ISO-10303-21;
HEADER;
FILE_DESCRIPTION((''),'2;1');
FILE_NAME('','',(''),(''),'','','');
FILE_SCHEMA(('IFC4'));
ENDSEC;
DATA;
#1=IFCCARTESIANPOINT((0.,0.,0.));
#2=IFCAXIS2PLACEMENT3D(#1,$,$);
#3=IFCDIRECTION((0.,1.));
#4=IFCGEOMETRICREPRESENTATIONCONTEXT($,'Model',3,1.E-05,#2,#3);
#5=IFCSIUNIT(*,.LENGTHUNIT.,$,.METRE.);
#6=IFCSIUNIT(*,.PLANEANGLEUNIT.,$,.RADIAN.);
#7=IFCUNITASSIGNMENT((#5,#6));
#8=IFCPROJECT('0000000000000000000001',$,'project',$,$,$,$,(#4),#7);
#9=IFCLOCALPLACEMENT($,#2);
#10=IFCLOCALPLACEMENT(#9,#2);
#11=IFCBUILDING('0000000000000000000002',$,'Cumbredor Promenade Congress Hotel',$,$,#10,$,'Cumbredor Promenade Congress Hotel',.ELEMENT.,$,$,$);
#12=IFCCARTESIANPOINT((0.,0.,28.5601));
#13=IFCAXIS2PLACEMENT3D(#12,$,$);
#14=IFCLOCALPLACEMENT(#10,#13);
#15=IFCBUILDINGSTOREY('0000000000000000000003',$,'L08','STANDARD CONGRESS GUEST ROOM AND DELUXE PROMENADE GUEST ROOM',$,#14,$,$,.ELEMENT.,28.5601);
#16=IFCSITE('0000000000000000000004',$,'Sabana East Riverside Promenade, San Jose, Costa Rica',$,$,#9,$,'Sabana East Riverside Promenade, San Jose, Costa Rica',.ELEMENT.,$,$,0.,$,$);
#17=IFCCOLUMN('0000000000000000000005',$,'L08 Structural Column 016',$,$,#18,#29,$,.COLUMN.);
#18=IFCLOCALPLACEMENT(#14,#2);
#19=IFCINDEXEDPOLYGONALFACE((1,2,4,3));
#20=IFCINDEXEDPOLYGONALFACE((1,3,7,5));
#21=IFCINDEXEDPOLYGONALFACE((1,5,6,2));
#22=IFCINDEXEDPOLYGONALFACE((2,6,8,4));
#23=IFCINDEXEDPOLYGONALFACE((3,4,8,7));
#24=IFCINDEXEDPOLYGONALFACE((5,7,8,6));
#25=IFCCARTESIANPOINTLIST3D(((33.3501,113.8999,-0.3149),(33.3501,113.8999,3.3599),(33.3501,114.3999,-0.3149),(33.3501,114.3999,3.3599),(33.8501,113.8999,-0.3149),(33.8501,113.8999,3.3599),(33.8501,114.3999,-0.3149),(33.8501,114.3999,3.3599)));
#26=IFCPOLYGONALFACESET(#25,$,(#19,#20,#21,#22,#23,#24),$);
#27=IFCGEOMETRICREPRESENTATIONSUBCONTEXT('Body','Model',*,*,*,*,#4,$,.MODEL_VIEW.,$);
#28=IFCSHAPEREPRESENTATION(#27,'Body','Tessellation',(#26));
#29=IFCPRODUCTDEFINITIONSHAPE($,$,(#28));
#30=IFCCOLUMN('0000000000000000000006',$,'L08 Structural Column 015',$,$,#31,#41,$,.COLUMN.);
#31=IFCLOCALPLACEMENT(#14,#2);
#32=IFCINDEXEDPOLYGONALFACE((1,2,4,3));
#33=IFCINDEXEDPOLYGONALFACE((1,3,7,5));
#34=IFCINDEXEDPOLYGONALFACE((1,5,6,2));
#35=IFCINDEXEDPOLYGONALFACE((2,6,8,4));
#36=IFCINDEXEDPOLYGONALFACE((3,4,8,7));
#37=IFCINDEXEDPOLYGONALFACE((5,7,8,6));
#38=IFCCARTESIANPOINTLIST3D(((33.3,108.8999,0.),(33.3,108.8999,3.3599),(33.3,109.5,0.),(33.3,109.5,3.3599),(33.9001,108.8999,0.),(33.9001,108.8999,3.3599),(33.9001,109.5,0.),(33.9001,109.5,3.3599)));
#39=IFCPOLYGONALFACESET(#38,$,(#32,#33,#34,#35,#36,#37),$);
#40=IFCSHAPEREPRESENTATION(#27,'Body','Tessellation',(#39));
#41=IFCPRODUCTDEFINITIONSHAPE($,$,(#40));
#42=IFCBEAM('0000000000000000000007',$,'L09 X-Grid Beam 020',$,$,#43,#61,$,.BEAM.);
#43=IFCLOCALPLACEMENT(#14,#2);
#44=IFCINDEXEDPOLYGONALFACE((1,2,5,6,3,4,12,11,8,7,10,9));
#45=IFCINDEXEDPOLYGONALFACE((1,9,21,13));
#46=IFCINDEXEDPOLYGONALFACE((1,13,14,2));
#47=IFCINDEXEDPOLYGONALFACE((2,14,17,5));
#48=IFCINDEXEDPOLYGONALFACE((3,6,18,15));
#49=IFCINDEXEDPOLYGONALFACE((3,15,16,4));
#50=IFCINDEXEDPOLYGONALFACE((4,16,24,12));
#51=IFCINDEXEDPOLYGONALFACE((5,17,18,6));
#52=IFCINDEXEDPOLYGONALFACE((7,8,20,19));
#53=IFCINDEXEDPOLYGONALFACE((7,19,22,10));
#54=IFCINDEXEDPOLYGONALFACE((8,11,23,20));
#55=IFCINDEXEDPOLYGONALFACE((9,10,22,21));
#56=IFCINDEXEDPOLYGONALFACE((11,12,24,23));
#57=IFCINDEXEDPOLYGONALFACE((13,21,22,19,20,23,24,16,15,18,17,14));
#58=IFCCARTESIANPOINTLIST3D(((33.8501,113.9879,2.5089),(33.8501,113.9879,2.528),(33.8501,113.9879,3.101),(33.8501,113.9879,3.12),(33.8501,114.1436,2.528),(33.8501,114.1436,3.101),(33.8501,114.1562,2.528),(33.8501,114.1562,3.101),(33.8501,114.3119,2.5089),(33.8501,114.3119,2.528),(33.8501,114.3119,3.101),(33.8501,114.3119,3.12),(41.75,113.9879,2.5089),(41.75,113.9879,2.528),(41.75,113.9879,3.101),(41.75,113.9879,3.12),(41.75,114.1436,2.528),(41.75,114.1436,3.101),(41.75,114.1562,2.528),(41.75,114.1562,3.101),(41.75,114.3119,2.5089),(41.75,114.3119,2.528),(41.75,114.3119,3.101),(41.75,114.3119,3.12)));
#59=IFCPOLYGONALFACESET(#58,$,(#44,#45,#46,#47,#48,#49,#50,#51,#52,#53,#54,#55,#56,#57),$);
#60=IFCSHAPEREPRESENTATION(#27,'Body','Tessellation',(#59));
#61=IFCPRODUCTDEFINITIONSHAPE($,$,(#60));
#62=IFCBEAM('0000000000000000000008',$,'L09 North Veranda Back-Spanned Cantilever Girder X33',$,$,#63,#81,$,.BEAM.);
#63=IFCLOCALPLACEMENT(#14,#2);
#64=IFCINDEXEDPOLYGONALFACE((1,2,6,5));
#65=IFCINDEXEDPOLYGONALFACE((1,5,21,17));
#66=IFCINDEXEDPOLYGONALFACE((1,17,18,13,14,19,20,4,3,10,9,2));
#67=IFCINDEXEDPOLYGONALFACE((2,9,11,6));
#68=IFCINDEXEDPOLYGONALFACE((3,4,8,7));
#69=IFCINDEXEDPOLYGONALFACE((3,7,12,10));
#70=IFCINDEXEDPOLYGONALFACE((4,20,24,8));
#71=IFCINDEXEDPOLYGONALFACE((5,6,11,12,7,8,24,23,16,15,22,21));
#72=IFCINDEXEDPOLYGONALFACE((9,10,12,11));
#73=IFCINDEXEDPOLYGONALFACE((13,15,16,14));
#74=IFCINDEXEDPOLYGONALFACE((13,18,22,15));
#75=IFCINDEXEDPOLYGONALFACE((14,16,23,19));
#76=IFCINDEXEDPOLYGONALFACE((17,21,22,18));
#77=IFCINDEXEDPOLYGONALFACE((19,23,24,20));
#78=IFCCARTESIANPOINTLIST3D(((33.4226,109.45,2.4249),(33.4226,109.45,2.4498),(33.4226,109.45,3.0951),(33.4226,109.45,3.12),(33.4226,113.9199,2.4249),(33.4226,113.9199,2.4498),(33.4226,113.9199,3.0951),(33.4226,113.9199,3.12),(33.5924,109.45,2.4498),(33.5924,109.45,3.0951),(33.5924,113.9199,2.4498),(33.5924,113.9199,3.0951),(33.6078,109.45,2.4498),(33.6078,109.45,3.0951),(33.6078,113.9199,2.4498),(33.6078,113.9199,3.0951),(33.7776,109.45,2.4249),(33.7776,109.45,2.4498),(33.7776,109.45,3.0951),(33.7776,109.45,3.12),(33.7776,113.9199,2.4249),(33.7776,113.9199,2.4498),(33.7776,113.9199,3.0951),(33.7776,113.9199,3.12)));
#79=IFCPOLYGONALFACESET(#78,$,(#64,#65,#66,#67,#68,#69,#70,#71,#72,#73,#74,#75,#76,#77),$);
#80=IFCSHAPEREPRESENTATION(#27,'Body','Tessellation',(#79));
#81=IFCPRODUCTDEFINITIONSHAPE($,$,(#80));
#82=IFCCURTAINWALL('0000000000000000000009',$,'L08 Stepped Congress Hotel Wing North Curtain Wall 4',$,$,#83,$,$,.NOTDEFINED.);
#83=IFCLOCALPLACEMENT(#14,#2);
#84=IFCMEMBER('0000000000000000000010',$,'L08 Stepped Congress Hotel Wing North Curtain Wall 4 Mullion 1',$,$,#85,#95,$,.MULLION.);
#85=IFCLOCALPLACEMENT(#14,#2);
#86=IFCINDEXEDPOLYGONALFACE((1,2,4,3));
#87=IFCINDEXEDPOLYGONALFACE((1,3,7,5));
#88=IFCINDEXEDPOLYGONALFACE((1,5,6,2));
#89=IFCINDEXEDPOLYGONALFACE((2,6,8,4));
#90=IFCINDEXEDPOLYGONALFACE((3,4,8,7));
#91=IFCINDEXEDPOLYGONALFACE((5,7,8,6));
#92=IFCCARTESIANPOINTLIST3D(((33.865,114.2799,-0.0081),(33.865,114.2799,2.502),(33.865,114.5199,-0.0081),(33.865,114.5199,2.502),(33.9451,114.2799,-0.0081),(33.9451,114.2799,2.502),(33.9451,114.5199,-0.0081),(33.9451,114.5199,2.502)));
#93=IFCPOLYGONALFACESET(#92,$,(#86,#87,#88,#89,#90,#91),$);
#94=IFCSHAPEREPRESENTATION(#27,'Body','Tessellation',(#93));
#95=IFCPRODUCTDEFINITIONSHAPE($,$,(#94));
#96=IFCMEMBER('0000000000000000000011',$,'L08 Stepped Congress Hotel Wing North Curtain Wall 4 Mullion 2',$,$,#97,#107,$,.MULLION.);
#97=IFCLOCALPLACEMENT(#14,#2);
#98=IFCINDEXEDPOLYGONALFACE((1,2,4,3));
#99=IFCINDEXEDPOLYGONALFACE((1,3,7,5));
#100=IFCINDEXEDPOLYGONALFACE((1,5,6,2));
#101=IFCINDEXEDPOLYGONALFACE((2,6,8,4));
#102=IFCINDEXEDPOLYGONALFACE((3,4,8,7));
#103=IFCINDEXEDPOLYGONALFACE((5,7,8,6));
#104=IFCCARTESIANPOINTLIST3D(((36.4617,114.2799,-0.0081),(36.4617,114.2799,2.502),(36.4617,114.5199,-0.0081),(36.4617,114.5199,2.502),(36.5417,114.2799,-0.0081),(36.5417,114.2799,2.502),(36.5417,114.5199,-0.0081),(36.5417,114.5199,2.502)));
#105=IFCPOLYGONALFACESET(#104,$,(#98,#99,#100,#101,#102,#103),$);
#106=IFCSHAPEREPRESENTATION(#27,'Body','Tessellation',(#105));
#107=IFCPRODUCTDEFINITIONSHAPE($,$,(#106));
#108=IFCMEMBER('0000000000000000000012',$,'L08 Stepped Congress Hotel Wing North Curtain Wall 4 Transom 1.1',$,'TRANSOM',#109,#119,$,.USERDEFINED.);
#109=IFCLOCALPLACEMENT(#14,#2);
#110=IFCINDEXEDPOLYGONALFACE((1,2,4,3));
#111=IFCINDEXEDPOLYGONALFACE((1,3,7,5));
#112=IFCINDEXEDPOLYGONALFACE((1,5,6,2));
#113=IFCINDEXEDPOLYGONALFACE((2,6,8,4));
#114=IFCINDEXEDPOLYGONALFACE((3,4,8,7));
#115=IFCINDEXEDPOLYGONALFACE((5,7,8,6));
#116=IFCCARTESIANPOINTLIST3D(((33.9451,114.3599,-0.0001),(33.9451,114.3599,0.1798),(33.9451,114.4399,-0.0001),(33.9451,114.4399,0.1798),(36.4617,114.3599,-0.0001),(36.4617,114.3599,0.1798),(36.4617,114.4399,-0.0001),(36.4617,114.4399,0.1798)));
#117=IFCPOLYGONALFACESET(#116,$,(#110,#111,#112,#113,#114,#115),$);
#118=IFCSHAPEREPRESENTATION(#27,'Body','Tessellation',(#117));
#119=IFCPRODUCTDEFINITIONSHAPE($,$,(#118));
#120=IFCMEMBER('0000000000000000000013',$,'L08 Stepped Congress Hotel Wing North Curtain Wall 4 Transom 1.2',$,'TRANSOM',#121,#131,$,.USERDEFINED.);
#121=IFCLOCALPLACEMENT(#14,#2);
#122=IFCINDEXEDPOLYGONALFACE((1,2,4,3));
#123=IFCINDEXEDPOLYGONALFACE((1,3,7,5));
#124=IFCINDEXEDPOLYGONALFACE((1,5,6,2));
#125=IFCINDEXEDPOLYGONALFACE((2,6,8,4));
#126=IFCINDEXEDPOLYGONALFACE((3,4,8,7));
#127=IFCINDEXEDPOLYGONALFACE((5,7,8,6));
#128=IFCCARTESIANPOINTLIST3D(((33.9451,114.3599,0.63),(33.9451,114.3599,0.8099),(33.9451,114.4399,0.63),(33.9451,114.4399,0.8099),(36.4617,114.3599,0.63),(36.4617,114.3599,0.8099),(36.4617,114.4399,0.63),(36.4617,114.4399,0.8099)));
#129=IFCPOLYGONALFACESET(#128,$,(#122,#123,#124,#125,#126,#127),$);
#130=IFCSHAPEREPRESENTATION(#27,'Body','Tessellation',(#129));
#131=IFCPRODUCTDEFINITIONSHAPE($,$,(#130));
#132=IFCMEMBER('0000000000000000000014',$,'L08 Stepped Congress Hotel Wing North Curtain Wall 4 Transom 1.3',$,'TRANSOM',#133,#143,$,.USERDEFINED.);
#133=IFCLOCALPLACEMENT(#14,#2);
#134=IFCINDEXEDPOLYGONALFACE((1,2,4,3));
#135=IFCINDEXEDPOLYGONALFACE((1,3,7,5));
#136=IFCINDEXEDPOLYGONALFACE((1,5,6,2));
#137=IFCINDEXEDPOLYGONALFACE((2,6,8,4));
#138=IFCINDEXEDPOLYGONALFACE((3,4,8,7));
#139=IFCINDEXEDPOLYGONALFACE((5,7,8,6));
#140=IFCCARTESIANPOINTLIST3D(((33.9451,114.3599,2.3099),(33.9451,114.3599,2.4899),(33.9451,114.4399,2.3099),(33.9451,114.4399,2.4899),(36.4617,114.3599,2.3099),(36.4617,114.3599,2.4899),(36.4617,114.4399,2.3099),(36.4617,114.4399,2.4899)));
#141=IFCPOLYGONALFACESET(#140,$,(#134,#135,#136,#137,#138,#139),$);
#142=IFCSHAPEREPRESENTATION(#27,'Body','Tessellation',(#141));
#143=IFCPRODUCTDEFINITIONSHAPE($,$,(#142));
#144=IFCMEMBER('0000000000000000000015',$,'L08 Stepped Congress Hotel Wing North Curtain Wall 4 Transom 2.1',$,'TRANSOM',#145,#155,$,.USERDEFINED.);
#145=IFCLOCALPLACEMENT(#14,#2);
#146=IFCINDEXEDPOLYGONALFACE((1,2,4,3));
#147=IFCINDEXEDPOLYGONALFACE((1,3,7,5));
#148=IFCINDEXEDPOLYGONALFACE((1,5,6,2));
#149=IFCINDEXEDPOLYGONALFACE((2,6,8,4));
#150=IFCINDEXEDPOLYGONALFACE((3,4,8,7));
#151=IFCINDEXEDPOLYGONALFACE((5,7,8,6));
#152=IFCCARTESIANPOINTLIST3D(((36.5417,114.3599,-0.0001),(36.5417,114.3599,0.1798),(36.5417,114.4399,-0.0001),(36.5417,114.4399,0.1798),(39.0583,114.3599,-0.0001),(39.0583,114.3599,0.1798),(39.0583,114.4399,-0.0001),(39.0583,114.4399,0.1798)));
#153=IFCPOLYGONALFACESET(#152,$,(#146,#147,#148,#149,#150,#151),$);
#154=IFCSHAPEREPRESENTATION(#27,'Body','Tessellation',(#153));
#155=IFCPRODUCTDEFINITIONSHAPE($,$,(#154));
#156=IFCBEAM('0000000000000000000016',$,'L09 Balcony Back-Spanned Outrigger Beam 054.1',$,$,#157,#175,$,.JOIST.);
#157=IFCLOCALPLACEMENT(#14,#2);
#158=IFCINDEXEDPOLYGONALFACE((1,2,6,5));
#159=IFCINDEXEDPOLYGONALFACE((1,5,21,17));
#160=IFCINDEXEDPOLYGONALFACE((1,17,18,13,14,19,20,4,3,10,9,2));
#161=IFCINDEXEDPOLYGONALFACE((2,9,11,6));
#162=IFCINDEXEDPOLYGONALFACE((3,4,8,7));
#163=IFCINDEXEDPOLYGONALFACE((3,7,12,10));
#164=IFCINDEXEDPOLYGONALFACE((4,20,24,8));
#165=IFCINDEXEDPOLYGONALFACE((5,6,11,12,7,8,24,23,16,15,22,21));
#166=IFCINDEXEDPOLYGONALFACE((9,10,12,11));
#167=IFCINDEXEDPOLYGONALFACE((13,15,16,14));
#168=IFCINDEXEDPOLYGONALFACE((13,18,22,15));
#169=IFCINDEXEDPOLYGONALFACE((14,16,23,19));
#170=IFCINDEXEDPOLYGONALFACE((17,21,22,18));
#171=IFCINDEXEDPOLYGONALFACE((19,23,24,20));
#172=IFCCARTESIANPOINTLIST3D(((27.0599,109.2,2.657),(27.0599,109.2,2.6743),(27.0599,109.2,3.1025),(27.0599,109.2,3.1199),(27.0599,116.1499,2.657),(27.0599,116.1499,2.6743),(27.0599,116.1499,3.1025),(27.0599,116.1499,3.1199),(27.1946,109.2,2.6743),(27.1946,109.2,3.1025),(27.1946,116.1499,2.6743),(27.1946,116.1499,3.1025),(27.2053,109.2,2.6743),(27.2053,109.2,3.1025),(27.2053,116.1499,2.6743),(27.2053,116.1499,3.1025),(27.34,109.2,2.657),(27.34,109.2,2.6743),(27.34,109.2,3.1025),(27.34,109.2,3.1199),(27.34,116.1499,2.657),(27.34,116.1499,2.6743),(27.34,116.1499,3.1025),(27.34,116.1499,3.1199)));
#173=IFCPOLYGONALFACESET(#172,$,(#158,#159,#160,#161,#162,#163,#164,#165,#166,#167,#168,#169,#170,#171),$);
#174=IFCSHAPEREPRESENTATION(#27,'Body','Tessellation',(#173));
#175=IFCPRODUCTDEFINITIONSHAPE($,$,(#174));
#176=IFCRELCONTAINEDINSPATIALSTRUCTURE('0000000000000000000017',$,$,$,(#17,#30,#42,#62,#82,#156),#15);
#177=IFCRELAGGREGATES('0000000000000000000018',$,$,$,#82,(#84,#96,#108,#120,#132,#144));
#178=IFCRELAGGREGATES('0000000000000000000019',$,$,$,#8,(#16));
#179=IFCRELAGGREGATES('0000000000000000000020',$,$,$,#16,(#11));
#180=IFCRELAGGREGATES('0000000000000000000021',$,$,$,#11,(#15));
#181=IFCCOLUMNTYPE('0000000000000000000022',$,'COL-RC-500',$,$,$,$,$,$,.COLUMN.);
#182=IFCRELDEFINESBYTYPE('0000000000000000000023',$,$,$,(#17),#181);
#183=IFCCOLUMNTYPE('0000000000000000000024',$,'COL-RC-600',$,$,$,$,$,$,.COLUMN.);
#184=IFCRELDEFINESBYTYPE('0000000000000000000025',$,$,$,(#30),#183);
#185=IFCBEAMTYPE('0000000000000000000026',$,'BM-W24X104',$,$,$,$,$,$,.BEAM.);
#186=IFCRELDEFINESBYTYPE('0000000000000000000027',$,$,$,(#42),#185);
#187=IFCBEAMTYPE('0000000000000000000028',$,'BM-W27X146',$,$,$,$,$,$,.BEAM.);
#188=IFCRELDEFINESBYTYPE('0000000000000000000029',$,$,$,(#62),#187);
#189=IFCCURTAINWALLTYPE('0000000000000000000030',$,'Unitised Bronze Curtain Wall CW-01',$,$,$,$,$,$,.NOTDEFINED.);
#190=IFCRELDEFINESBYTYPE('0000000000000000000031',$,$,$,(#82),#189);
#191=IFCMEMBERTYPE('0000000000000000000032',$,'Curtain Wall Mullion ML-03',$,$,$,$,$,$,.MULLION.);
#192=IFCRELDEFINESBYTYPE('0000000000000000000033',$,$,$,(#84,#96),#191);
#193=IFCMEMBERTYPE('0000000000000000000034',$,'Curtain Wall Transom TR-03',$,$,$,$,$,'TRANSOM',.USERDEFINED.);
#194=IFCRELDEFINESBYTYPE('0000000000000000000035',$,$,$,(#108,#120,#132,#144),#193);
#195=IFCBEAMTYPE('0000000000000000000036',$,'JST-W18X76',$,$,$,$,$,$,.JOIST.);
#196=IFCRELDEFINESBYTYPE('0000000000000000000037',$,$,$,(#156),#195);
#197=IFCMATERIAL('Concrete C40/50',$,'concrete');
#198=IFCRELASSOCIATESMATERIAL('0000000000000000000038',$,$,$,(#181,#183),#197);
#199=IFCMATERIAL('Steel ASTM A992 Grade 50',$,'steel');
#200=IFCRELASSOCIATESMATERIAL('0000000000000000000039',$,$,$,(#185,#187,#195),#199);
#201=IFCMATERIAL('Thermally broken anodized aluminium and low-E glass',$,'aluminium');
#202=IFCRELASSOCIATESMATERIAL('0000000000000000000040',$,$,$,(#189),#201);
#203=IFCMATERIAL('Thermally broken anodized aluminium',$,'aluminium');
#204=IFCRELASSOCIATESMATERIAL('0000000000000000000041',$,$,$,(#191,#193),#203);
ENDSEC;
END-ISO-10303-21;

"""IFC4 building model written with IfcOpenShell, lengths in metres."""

from ifc_helpers import new_model, si_unit, direction, frame, origin, origin_2d, place, context, subcontext, project, spatial, rectangle, i_section, extrude, material, material_profile, profile_set, type_object, element, aggregate, save


model = new_model("IFC4")

# Units and contexts
model_context = context("Model", 3, precision=1e-05, world=origin(), true_north=direction((0.0, 1.0)))
body_context = subcontext(model_context, "Body", "Model", "MODEL_VIEW")
ifc_project = project(units=[si_unit("LENGTHUNIT", "METRE"), si_unit("PLANEANGLEUNIT", "RADIAN")], contexts=[model_context])

# Site, building, storey
site_placement = place(None, origin())
site = spatial("IfcSite", under=ifc_project, at=site_placement, Name="Sabana East Riverside Promenade, San Jose, Costa Rica", LongName="Sabana East Riverside Promenade, San Jose, Costa Rica", CompositionType="ELEMENT", RefElevation=0.0)
building_placement = place(site_placement, origin())
building = spatial("IfcBuilding", under=site, at=building_placement, Name="Cumbredor Promenade Congress Hotel", LongName="Cumbredor Promenade Congress Hotel", CompositionType="ELEMENT")
storey_placement = place(building_placement, frame((0.0, 0.0, 28.5601)))
storey = spatial("IfcBuildingStorey", under=building, at=storey_placement, Name="L08", Description="STANDARD CONGRESS GUEST ROOM AND DELUXE PROMENADE GUEST ROOM", CompositionType="ELEMENT", Elevation=28.5601)

# Columns
ifc_material_1 = material(Name="Concrete C40/50", Category="concrete")
ifc_material_profile_1 = material_profile(ifc_material_1, rectangle(XDim=0.5, YDim=0.5, at=origin_2d()), Name="RC 500x500")
ifc_profile_set_1 = profile_set([ifc_material_profile_1], Name="Concrete C40/50")
column_type_1 = type_object("IfcColumnType", Name="COL-RC-500", PredefinedType="COLUMN", material=ifc_profile_set_1)
column_1_placement = place(storey_placement, frame((33.6001, 114.1499, -0.3149), z_axis=(0.0, 0.0, 1.0), x_axis=(1.0, 0.0, 0.0)))
element("IfcColumn", 1, at=column_1_placement, inside=storey, type_object=column_type_1, Name="L08 Structural Column 016", PredefinedType="COLUMN", context=body_context, shape_type="SweptSolid", body=[
    extrude(rectangle(XDim=0.5, YDim=0.5, at=origin_2d()), origin(), (0.0, 0.0, 1.0), 3.6748),
])
ifc_material_profile_2 = material_profile(ifc_material_1, rectangle(XDim=0.6001, YDim=0.6001, at=origin_2d()), Name="RC 600x600")
ifc_profile_set_2 = profile_set([ifc_material_profile_2], Name="Concrete C40/50")
column_type_2 = type_object("IfcColumnType", Name="COL-RC-600", PredefinedType="COLUMN", material=ifc_profile_set_2)
column_2_placement = place(storey_placement, frame((33.6001, 109.2, 0.0), z_axis=(0.0, 0.0, 1.0), x_axis=(1.0, 0.0, 0.0)))
element("IfcColumn", 2, at=column_2_placement, inside=storey, type_object=column_type_2, Name="L08 Structural Column 015", PredefinedType="COLUMN", context=body_context, shape_type="SweptSolid", body=[
    extrude(rectangle(XDim=0.6001, YDim=0.6001, at=origin_2d()), origin(), (0.0, 0.0, 1.0), 3.3599),
])

# Beams
ifc_material_2 = material(Name="Steel ASTM A992 Grade 50", Category="steel")
ifc_material_profile_3 = material_profile(ifc_material_2, i_section(OverallWidth=0.324, OverallDepth=0.6111, WebThickness=0.0127, FlangeThickness=0.019, at=origin_2d()), Name="W24X104")
ifc_profile_set_3 = profile_set([ifc_material_profile_3], Name="Steel ASTM A992 Grade 50")
beam_type_1 = type_object("IfcBeamType", Name="BM-W24X104", PredefinedType="BEAM", material=ifc_profile_set_3)
beam_1_placement = place(storey_placement, frame((33.8501, 114.1499, 2.8145), z_axis=(1.0, 0.0, 0.0), x_axis=(0.0, 1.0, 0.0)))
element("IfcBeam", 3, at=beam_1_placement, inside=storey, type_object=beam_type_1, Name="L09 X-Grid Beam 020", PredefinedType="BEAM", context=body_context, shape_type="SweptSolid", body=[
    extrude(i_section(OverallWidth=0.324, OverallDepth=0.6111, WebThickness=0.0127, FlangeThickness=0.019, at=origin_2d()), origin(), (0.0, 0.0, 1.0), 7.8999),
])
ifc_material_profile_4 = material_profile(ifc_material_2, i_section(OverallWidth=0.355, OverallDepth=0.6951, WebThickness=0.0154, FlangeThickness=0.0249, at=origin_2d()), Name="W27X146")
ifc_profile_set_4 = profile_set([ifc_material_profile_4], Name="Steel ASTM A992 Grade 50")
beam_type_2 = type_object("IfcBeamType", Name="BM-W27X146", PredefinedType="BEAM", material=ifc_profile_set_4)
beam_2_placement = place(storey_placement, frame((33.6001, 109.45, 2.7725), z_axis=(0.0, 1.0, 0.0), x_axis=(-1.0, 0.0, 0.0)))
element("IfcBeam", 4, at=beam_2_placement, inside=storey, type_object=beam_type_2, Name="L09 North Veranda Back-Spanned Cantilever Girder X33", PredefinedType="BEAM", context=body_context, shape_type="SweptSolid", body=[
    extrude(i_section(OverallWidth=0.355, OverallDepth=0.6951, WebThickness=0.0154, FlangeThickness=0.0249, at=origin_2d()), origin(), (0.0, 0.0, 1.0), 4.47),
])

# Curtain wall, members
ifc_material_3 = material(Name="Thermally broken anodized aluminium and low-E glass", Category="aluminium")
curtain_wall_type = type_object("IfcCurtainWallType", Name="Unitised Bronze Curtain Wall CW-01", PredefinedType="NOTDEFINED", material=ifc_material_3)
curtain_wall_placement = place(storey_placement, origin())
curtain_wall = element("IfcCurtainWall", 5, at=curtain_wall_placement, inside=storey, type_object=curtain_wall_type, Name="L08 Stepped Congress Hotel Wing North Curtain Wall 4", PredefinedType="NOTDEFINED")
ifc_material_4 = material(Name="Thermally broken anodized aluminium", Category="aluminium")
ifc_material_profile_5 = material_profile(ifc_material_4, rectangle(XDim=0.0801, YDim=0.24, at=origin_2d()), Name="ALU MULLION 80x240")
ifc_profile_set_5 = profile_set([ifc_material_profile_5], Name="Thermally broken anodized aluminium")
member_type_1 = type_object("IfcMemberType", Name="Curtain Wall Mullion ML-03", PredefinedType="MULLION", material=ifc_profile_set_5)
member_1_placement = place(storey_placement, frame((33.905, 114.3999, -0.0081), z_axis=(0.0, 0.0, 1.0), x_axis=(1.0, 0.0, 0.0)))
member_1 = element("IfcMember", 6, at=member_1_placement, type_object=member_type_1, Name="L08 Stepped Congress Hotel Wing North Curtain Wall 4 Mullion 1", PredefinedType="MULLION", context=body_context, shape_type="SweptSolid", body=[
    extrude(rectangle(XDim=0.0801, YDim=0.24, at=origin_2d()), origin(), (0.0, 0.0, 1.0), 2.51),
])
member_2_placement = place(storey_placement, frame((36.5017, 114.3999, -0.0081), z_axis=(0.0, 0.0, 1.0), x_axis=(1.0, 0.0, 0.0)))
member_2 = element("IfcMember", 7, at=member_2_placement, type_object=member_type_1, Name="L08 Stepped Congress Hotel Wing North Curtain Wall 4 Mullion 2", PredefinedType="MULLION", context=body_context, shape_type="SweptSolid", body=[
    extrude(rectangle(XDim=0.0801, YDim=0.24, at=origin_2d()), origin(), (0.0, 0.0, 1.0), 2.51),
])
ifc_material_profile_6 = material_profile(ifc_material_4, rectangle(XDim=0.0801, YDim=0.1799, at=origin_2d()), Name="ALU TRANSOM 80x180")
ifc_profile_set_6 = profile_set([ifc_material_profile_6], Name="Thermally broken anodized aluminium")
member_type_2 = type_object("IfcMemberType", Name="Curtain Wall Transom TR-03", ElementType="TRANSOM", PredefinedType="USERDEFINED", material=ifc_profile_set_6)
member_3_placement = place(storey_placement, frame((33.9451, 114.3999, 0.0898), z_axis=(1.0, 0.0, 0.0), x_axis=(0.0, 1.0, 0.0)))
member_3 = element("IfcMember", 8, at=member_3_placement, type_object=member_type_2, Name="L08 Stepped Congress Hotel Wing North Curtain Wall 4 Transom 1.1", ObjectType="TRANSOM", PredefinedType="USERDEFINED", context=body_context, shape_type="SweptSolid", body=[
    extrude(rectangle(XDim=0.0801, YDim=0.1799, at=origin_2d()), origin(), (0.0, 0.0, 1.0), 2.5166),
])
member_4_placement = place(storey_placement, frame((33.9451, 114.3999, 0.72), z_axis=(1.0, 0.0, 0.0), x_axis=(0.0, 1.0, 0.0)))
member_4 = element("IfcMember", 9, at=member_4_placement, type_object=member_type_2, Name="L08 Stepped Congress Hotel Wing North Curtain Wall 4 Transom 1.2", ObjectType="TRANSOM", PredefinedType="USERDEFINED", context=body_context, shape_type="SweptSolid", body=[
    extrude(rectangle(XDim=0.0801, YDim=0.1799, at=origin_2d()), origin(), (0.0, 0.0, 1.0), 2.5166),
])
member_5_placement = place(storey_placement, frame((33.9451, 114.3999, 2.3999), z_axis=(1.0, 0.0, 0.0), x_axis=(0.0, 1.0, 0.0)))
member_5 = element("IfcMember", 10, at=member_5_placement, type_object=member_type_2, Name="L08 Stepped Congress Hotel Wing North Curtain Wall 4 Transom 1.3", ObjectType="TRANSOM", PredefinedType="USERDEFINED", context=body_context, shape_type="SweptSolid", body=[
    extrude(rectangle(XDim=0.0801, YDim=0.1799, at=origin_2d()), origin(), (0.0, 0.0, 1.0), 2.5166),
])
member_6_placement = place(storey_placement, frame((36.5417, 114.3999, 0.0898), z_axis=(1.0, 0.0, 0.0), x_axis=(0.0, 1.0, 0.0)))
member_6 = element("IfcMember", 11, at=member_6_placement, type_object=member_type_2, Name="L08 Stepped Congress Hotel Wing North Curtain Wall 4 Transom 2.1", ObjectType="TRANSOM", PredefinedType="USERDEFINED", context=body_context, shape_type="SweptSolid", body=[
    extrude(rectangle(XDim=0.0801, YDim=0.1799, at=origin_2d()), origin(), (0.0, 0.0, 1.0), 2.5166),
])

# Beam
ifc_material_profile_7 = material_profile(ifc_material_2, i_section(OverallWidth=0.28, OverallDepth=0.4629, WebThickness=0.0107, FlangeThickness=0.0173, at=origin_2d()), Name="W18X76")
ifc_profile_set_7 = profile_set([ifc_material_profile_7], Name="Steel ASTM A992 Grade 50")
beam_type_3 = type_object("IfcBeamType", Name="JST-W18X76", PredefinedType="JOIST", material=ifc_profile_set_7)
for number, where, z_axis, x_axis, name in (
    (12, (27.2, 109.2, 2.8884), (0.0, 1.0, 0.0), (-1.0, 0.0, 0.0), "L09 Balcony Back-Spanned Outrigger Beam 054.1"),
):
    element("IfcBeam", number, at=place(storey_placement, frame(where, z_axis=z_axis, x_axis=x_axis)), inside=storey, type_object=beam_type_3, Name=name, PredefinedType="JOIST", context=body_context, shape_type="SweptSolid", body=[
        extrude(i_section(OverallWidth=0.28, OverallDepth=0.4629, WebThickness=0.0107, FlangeThickness=0.0173, at=origin_2d()), origin(), (0.0, 0.0, 1.0), 6.95),
    ])

aggregate(curtain_wall, [member_1, member_2, member_3, member_4, member_5, member_6])

save(model, "model.ifc")
